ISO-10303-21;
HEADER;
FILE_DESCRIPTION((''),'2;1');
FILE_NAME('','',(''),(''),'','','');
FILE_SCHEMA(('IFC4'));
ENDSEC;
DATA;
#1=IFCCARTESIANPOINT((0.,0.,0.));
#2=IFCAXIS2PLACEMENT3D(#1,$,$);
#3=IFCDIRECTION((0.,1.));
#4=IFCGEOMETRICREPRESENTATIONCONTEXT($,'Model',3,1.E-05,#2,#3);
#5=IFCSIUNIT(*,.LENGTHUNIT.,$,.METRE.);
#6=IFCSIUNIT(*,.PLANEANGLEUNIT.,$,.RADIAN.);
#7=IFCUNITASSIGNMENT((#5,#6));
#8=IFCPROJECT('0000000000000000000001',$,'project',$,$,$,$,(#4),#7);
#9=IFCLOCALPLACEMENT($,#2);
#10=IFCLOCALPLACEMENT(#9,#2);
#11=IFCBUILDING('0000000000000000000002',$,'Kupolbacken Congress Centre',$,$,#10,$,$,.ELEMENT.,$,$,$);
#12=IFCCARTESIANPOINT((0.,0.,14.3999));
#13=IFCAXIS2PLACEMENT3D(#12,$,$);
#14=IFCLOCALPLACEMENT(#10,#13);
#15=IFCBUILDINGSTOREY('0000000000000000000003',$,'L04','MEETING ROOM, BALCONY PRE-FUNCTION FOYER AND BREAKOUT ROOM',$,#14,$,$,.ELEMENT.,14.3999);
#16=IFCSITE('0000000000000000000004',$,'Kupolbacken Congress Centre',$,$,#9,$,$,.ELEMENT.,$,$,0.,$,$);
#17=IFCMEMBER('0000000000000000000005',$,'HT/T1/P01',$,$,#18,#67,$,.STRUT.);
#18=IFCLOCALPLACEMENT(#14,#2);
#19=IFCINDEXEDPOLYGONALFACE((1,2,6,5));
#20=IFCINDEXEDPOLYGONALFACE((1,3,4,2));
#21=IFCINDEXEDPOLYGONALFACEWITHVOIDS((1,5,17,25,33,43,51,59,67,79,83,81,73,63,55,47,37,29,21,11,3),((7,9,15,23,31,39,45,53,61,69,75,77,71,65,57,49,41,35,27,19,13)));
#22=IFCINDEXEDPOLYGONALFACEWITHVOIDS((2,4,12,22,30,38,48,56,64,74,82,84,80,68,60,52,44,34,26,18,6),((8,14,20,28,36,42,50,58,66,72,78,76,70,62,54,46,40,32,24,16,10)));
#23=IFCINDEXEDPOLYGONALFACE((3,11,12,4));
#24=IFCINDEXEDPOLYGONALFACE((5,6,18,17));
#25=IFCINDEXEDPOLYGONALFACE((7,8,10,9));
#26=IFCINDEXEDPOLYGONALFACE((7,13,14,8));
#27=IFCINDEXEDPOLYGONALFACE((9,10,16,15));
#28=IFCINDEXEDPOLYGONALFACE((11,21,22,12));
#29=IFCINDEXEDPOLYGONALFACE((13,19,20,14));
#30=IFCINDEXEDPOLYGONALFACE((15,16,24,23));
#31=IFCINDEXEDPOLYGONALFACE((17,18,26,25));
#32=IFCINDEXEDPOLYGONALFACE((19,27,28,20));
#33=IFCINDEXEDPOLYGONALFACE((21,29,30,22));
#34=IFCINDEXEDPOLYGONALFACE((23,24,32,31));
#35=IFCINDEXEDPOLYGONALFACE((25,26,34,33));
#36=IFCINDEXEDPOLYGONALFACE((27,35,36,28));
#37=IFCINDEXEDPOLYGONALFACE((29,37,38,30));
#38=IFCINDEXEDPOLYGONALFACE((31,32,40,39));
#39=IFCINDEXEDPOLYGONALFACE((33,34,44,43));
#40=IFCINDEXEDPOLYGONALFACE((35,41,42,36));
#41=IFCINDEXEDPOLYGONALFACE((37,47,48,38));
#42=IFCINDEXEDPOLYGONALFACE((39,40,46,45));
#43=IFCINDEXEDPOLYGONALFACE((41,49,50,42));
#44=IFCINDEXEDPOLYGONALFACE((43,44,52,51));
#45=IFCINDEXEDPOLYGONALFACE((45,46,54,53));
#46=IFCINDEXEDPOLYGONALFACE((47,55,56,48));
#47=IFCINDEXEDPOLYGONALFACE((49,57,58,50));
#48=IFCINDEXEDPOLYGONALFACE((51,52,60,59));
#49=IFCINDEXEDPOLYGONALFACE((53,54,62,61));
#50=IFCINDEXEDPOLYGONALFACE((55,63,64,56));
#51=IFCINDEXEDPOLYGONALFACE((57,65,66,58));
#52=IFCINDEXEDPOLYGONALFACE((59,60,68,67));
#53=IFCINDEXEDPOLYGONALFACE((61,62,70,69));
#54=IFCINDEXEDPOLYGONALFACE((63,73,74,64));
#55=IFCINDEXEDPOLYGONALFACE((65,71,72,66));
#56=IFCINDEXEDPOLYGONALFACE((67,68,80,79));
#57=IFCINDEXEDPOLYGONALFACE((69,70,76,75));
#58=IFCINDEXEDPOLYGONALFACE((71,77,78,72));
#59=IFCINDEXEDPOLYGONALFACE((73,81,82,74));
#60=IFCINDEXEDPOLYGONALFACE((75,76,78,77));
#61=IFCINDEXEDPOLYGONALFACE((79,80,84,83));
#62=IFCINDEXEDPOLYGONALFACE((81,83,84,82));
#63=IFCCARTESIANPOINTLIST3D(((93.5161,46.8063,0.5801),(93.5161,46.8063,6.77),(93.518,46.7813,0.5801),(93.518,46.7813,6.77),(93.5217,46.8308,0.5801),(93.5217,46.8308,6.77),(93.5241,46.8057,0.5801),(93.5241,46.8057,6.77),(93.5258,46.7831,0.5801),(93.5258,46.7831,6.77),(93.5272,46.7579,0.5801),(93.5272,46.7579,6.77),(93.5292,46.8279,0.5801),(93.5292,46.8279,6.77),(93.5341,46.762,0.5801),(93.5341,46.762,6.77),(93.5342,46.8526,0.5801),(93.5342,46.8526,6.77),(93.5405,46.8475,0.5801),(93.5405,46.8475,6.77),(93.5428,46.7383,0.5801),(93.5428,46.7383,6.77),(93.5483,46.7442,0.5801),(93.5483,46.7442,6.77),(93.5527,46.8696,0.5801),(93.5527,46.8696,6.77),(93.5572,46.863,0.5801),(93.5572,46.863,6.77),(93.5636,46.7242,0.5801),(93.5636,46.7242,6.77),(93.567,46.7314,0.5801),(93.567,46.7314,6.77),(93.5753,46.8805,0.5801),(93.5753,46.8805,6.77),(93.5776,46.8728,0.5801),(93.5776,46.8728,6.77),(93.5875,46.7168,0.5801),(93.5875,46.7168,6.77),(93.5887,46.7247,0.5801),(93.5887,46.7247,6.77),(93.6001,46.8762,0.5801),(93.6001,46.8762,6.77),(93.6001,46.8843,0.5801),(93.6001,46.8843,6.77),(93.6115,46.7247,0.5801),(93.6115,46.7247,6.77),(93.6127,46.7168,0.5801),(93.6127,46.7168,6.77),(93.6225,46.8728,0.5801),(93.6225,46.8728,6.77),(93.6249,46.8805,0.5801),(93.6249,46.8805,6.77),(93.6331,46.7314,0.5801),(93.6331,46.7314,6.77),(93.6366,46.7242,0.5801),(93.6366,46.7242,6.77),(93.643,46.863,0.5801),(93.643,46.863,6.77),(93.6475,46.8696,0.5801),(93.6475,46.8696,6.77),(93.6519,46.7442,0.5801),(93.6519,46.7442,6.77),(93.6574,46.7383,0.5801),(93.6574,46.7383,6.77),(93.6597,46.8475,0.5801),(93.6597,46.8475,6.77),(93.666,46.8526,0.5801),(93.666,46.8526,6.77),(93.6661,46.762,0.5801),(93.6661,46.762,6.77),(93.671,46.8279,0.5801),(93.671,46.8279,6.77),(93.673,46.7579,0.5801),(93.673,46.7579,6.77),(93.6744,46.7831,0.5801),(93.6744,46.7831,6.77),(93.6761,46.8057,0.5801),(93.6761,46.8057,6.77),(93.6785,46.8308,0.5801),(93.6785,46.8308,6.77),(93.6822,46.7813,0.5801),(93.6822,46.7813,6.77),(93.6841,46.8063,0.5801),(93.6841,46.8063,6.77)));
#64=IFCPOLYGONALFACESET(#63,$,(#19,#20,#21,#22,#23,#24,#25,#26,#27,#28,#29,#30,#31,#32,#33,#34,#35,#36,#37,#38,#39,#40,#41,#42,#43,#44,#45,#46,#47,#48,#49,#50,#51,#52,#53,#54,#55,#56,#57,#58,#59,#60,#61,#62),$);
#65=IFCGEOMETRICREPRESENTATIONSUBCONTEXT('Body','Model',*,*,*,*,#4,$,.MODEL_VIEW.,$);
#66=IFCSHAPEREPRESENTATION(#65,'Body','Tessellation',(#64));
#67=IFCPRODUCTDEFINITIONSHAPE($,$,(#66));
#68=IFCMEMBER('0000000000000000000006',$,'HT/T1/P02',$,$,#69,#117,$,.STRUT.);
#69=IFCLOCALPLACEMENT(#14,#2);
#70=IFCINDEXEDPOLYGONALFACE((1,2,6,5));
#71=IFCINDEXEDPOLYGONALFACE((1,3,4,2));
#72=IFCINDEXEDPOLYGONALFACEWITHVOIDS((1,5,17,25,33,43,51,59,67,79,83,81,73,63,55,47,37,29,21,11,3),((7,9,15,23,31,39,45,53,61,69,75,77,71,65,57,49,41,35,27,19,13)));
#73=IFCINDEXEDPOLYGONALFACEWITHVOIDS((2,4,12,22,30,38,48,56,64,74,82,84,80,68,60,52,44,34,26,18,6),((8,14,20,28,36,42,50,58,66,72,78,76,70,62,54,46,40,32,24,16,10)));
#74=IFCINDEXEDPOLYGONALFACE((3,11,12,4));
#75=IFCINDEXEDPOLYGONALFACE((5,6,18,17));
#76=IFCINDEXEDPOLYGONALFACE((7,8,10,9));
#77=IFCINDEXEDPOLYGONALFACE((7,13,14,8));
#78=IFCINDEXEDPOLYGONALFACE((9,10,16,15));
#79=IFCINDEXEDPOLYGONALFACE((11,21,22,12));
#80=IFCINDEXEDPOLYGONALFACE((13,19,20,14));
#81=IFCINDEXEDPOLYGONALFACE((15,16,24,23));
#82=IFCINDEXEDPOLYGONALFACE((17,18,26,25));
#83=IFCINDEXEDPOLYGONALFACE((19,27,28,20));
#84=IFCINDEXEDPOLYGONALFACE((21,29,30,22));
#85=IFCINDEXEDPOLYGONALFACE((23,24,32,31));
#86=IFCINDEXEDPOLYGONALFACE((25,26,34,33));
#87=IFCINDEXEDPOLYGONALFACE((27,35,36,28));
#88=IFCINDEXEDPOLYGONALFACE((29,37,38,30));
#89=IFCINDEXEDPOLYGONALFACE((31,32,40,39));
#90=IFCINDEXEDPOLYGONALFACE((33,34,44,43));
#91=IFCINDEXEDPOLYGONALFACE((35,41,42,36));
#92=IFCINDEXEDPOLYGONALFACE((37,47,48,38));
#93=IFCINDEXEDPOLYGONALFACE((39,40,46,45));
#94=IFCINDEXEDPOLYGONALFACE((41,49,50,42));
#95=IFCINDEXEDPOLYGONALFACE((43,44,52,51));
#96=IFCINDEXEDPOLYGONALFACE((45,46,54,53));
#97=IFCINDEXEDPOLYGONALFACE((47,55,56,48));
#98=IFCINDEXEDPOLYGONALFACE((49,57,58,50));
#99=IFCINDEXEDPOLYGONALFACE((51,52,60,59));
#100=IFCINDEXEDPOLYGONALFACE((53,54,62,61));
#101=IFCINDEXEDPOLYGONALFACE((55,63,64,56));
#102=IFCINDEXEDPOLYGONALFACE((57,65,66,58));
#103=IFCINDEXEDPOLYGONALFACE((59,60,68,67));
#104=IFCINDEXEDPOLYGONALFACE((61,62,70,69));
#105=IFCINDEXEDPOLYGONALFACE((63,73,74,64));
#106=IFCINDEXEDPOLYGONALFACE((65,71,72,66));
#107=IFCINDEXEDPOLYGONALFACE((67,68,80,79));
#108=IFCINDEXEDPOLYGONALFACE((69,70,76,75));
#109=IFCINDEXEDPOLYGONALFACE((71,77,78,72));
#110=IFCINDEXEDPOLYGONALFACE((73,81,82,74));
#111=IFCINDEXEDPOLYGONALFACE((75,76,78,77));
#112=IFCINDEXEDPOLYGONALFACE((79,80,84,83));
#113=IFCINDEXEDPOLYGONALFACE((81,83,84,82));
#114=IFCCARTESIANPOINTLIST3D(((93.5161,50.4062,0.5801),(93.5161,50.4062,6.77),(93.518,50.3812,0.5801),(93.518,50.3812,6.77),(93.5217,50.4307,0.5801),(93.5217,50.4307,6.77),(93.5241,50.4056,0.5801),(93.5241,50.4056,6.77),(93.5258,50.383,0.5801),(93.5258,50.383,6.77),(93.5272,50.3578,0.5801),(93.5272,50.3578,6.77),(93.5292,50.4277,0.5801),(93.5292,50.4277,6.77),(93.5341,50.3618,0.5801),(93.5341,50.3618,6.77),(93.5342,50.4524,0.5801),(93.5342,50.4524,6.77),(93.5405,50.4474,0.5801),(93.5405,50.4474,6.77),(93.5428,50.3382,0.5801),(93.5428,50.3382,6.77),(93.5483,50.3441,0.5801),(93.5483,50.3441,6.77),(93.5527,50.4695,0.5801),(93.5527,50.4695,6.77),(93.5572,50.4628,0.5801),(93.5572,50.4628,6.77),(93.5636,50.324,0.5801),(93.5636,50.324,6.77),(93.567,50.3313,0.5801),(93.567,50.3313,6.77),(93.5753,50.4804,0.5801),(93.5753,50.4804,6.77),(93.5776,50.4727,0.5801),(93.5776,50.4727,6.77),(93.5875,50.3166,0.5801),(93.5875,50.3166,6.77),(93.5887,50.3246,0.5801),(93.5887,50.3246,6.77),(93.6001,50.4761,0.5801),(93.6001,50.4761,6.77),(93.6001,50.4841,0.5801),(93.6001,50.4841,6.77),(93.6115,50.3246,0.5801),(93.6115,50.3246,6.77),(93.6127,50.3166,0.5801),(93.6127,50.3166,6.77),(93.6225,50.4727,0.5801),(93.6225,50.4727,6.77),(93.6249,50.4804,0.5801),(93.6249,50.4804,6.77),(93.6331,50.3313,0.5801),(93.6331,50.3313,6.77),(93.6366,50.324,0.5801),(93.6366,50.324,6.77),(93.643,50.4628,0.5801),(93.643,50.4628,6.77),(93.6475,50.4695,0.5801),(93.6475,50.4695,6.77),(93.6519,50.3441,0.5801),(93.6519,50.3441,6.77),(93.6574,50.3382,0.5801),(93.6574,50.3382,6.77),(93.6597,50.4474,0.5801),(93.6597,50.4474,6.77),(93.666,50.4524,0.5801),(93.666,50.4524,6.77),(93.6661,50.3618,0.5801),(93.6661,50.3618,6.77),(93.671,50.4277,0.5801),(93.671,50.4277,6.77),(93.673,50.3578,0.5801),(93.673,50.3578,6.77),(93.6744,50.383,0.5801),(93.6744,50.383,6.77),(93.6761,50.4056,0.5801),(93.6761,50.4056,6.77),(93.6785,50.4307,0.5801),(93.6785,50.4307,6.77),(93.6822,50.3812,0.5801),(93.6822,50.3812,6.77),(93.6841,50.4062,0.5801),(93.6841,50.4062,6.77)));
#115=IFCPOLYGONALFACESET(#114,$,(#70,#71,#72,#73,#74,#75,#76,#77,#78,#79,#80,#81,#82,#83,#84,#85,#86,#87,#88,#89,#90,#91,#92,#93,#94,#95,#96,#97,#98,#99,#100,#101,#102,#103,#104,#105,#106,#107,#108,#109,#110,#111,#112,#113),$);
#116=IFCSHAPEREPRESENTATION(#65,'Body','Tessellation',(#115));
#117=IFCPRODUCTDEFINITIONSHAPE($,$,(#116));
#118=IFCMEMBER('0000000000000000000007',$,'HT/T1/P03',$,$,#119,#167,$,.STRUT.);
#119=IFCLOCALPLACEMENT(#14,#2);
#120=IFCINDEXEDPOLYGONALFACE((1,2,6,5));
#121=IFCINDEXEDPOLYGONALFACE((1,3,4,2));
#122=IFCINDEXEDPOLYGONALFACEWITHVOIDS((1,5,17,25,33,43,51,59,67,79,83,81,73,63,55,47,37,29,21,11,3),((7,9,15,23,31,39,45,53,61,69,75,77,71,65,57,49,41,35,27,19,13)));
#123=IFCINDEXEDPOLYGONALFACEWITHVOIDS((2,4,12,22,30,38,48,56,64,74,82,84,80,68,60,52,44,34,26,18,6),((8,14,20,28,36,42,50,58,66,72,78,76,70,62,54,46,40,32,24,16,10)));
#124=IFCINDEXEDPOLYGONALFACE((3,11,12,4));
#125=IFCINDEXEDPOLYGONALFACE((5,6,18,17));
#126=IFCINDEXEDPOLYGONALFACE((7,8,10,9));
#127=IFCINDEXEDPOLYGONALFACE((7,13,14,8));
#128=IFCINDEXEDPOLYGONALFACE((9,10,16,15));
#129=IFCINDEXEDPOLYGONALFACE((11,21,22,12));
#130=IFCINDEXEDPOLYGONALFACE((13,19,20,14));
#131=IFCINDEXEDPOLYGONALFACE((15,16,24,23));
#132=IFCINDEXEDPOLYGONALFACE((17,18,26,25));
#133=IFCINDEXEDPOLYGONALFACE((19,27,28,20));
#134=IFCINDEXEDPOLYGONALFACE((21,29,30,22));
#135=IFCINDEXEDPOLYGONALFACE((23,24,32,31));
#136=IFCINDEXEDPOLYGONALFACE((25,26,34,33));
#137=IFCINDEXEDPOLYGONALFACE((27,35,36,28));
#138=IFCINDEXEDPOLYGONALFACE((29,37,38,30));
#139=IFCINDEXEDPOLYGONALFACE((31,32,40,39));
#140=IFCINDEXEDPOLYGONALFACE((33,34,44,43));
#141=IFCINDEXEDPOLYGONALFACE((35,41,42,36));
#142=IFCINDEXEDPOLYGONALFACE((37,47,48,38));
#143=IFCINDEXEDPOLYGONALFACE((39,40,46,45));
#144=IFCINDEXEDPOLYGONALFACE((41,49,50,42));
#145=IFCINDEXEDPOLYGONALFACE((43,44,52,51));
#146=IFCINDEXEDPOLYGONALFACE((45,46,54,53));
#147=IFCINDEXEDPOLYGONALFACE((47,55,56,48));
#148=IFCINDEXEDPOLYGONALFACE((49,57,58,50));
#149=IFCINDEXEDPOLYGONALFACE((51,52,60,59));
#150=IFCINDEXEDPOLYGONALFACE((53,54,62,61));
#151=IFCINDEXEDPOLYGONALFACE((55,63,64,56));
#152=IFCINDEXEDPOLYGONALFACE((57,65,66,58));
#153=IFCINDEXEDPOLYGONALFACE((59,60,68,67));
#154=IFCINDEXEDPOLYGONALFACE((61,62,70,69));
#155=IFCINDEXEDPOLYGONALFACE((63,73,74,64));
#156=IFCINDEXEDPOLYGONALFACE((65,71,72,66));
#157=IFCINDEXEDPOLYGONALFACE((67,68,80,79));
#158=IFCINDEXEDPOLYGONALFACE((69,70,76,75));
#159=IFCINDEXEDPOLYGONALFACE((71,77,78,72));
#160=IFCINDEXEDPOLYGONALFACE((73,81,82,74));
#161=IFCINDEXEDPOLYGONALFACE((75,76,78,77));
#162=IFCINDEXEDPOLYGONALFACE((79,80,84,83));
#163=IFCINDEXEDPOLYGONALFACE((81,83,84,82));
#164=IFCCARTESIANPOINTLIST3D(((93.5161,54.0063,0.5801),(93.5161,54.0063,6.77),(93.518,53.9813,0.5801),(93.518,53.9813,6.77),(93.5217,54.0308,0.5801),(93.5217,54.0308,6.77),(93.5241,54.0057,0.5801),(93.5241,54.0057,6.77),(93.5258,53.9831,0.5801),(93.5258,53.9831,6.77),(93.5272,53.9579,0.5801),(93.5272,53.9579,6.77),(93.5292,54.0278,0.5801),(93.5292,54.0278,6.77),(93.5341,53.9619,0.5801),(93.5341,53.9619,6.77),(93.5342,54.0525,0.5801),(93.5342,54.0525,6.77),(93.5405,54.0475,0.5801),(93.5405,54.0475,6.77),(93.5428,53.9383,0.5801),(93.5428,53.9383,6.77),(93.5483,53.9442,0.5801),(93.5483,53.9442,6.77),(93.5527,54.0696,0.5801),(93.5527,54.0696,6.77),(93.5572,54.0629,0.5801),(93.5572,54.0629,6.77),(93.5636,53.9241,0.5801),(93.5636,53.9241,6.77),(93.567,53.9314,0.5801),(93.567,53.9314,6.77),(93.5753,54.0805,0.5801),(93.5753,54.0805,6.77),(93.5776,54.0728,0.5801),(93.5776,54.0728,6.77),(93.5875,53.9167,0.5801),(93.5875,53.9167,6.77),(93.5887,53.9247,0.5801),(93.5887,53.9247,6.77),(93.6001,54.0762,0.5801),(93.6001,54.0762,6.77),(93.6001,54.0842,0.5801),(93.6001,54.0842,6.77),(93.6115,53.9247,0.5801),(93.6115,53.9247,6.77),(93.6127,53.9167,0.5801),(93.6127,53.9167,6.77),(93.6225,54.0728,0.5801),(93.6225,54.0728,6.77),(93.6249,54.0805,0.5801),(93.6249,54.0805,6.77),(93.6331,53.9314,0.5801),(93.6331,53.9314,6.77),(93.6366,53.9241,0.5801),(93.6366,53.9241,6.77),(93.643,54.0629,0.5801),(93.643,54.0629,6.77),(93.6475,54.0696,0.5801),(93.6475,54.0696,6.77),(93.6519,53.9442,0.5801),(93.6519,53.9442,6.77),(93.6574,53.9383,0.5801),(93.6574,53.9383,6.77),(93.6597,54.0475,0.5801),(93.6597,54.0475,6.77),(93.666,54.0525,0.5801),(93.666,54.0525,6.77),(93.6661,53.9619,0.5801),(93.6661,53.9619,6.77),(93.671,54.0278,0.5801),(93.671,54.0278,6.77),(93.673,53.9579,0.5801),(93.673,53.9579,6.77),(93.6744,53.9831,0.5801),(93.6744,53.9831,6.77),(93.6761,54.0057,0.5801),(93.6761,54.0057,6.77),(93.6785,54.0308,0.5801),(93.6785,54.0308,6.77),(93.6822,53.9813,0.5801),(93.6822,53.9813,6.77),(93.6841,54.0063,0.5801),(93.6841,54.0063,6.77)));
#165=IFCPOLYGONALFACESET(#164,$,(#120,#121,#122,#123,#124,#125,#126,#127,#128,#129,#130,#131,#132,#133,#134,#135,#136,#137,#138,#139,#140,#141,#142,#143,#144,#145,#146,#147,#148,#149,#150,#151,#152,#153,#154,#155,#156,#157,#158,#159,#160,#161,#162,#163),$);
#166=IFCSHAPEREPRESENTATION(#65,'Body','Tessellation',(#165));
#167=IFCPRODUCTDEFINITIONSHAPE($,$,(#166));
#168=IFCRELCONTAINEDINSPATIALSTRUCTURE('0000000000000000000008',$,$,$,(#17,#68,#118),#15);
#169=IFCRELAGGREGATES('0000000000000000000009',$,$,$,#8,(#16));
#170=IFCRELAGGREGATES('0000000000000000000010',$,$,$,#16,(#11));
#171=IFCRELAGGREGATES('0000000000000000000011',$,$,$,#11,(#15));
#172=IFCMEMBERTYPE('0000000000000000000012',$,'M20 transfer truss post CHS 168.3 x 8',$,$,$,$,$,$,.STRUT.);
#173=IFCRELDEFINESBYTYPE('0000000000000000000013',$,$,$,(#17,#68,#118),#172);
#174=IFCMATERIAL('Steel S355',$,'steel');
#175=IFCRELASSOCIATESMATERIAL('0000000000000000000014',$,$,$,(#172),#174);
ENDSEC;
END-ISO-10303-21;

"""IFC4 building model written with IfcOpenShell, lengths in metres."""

from ifc_helpers import new_model, si_unit, direction, frame, origin, origin_2d, place, context, subcontext, project, spatial, hollow_circle, extrude, material, material_profile, profile_set, type_object, element, save


model = new_model("IFC4")

# Units and contexts
model_context = context("Model", 3, precision=1e-05, world=origin(), true_north=direction((0.0, 1.0)))
body_context = subcontext(model_context, "Body", "Model", "MODEL_VIEW")
ifc_project = project(units=[si_unit("LENGTHUNIT", "METRE"), si_unit("PLANEANGLEUNIT", "RADIAN")], contexts=[model_context])

# Site, building, storey
site_placement = place(None, origin())
site = spatial("IfcSite", under=ifc_project, at=site_placement, Name="Kupolbacken Congress Centre", CompositionType="ELEMENT", RefElevation=0.0)
building_placement = place(site_placement, origin())
building = spatial("IfcBuilding", under=site, at=building_placement, Name="Kupolbacken Congress Centre", CompositionType="ELEMENT")
storey_placement = place(building_placement, frame((0.0, 0.0, 14.3999)))
storey = spatial("IfcBuildingStorey", under=building, at=storey_placement, Name="L04", Description="MEETING ROOM, BALCONY PRE-FUNCTION FOYER AND BREAKOUT ROOM", CompositionType="ELEMENT", Elevation=14.3999)

# Members
ifc_material_1 = material(Name="Steel S355", Category="steel")
ifc_material_profile_1 = material_profile(ifc_material_1, hollow_circle(Radius=0.0842, WallThickness=0.0081, at=origin_2d()), Name="CHS 168.3 x 8")
ifc_profile_set_1 = profile_set([ifc_material_profile_1], Name="Steel S355")
member_type_1 = type_object("IfcMemberType", Name="M20 transfer truss post CHS 168.3 x 8", PredefinedType="STRUT", material=ifc_profile_set_1)
for number, where, z_axis, x_axis, name in (
    (1, (93.6001, 46.8, 0.5801), (0.0, 0.0, 1.0), (0.0, 1.0, 0.0), "HT/T1/P01"),
    (2, (93.6001, 50.3999, 0.5801), (0.0, 0.0, 1.0), (0.0, 1.0, 0.0), "HT/T1/P02"),
    (3, (93.6001, 54.0, 0.5801), (0.0, 0.0, 1.0), (0.0, 1.0, 0.0), "HT/T1/P03"),
):
    element("IfcMember", number, at=place(storey_placement, frame(where, z_axis=z_axis, x_axis=x_axis)), inside=storey, type_object=member_type_1, Name=name, PredefinedType="STRUT", context=body_context, shape_type="SweptSolid", body=[
        extrude(hollow_circle(Radius=0.0842, WallThickness=0.0081, at=origin_2d()), origin(), (0.0, 0.0, 1.0), 6.1899),
    ])

save(model, "model.ifc")
